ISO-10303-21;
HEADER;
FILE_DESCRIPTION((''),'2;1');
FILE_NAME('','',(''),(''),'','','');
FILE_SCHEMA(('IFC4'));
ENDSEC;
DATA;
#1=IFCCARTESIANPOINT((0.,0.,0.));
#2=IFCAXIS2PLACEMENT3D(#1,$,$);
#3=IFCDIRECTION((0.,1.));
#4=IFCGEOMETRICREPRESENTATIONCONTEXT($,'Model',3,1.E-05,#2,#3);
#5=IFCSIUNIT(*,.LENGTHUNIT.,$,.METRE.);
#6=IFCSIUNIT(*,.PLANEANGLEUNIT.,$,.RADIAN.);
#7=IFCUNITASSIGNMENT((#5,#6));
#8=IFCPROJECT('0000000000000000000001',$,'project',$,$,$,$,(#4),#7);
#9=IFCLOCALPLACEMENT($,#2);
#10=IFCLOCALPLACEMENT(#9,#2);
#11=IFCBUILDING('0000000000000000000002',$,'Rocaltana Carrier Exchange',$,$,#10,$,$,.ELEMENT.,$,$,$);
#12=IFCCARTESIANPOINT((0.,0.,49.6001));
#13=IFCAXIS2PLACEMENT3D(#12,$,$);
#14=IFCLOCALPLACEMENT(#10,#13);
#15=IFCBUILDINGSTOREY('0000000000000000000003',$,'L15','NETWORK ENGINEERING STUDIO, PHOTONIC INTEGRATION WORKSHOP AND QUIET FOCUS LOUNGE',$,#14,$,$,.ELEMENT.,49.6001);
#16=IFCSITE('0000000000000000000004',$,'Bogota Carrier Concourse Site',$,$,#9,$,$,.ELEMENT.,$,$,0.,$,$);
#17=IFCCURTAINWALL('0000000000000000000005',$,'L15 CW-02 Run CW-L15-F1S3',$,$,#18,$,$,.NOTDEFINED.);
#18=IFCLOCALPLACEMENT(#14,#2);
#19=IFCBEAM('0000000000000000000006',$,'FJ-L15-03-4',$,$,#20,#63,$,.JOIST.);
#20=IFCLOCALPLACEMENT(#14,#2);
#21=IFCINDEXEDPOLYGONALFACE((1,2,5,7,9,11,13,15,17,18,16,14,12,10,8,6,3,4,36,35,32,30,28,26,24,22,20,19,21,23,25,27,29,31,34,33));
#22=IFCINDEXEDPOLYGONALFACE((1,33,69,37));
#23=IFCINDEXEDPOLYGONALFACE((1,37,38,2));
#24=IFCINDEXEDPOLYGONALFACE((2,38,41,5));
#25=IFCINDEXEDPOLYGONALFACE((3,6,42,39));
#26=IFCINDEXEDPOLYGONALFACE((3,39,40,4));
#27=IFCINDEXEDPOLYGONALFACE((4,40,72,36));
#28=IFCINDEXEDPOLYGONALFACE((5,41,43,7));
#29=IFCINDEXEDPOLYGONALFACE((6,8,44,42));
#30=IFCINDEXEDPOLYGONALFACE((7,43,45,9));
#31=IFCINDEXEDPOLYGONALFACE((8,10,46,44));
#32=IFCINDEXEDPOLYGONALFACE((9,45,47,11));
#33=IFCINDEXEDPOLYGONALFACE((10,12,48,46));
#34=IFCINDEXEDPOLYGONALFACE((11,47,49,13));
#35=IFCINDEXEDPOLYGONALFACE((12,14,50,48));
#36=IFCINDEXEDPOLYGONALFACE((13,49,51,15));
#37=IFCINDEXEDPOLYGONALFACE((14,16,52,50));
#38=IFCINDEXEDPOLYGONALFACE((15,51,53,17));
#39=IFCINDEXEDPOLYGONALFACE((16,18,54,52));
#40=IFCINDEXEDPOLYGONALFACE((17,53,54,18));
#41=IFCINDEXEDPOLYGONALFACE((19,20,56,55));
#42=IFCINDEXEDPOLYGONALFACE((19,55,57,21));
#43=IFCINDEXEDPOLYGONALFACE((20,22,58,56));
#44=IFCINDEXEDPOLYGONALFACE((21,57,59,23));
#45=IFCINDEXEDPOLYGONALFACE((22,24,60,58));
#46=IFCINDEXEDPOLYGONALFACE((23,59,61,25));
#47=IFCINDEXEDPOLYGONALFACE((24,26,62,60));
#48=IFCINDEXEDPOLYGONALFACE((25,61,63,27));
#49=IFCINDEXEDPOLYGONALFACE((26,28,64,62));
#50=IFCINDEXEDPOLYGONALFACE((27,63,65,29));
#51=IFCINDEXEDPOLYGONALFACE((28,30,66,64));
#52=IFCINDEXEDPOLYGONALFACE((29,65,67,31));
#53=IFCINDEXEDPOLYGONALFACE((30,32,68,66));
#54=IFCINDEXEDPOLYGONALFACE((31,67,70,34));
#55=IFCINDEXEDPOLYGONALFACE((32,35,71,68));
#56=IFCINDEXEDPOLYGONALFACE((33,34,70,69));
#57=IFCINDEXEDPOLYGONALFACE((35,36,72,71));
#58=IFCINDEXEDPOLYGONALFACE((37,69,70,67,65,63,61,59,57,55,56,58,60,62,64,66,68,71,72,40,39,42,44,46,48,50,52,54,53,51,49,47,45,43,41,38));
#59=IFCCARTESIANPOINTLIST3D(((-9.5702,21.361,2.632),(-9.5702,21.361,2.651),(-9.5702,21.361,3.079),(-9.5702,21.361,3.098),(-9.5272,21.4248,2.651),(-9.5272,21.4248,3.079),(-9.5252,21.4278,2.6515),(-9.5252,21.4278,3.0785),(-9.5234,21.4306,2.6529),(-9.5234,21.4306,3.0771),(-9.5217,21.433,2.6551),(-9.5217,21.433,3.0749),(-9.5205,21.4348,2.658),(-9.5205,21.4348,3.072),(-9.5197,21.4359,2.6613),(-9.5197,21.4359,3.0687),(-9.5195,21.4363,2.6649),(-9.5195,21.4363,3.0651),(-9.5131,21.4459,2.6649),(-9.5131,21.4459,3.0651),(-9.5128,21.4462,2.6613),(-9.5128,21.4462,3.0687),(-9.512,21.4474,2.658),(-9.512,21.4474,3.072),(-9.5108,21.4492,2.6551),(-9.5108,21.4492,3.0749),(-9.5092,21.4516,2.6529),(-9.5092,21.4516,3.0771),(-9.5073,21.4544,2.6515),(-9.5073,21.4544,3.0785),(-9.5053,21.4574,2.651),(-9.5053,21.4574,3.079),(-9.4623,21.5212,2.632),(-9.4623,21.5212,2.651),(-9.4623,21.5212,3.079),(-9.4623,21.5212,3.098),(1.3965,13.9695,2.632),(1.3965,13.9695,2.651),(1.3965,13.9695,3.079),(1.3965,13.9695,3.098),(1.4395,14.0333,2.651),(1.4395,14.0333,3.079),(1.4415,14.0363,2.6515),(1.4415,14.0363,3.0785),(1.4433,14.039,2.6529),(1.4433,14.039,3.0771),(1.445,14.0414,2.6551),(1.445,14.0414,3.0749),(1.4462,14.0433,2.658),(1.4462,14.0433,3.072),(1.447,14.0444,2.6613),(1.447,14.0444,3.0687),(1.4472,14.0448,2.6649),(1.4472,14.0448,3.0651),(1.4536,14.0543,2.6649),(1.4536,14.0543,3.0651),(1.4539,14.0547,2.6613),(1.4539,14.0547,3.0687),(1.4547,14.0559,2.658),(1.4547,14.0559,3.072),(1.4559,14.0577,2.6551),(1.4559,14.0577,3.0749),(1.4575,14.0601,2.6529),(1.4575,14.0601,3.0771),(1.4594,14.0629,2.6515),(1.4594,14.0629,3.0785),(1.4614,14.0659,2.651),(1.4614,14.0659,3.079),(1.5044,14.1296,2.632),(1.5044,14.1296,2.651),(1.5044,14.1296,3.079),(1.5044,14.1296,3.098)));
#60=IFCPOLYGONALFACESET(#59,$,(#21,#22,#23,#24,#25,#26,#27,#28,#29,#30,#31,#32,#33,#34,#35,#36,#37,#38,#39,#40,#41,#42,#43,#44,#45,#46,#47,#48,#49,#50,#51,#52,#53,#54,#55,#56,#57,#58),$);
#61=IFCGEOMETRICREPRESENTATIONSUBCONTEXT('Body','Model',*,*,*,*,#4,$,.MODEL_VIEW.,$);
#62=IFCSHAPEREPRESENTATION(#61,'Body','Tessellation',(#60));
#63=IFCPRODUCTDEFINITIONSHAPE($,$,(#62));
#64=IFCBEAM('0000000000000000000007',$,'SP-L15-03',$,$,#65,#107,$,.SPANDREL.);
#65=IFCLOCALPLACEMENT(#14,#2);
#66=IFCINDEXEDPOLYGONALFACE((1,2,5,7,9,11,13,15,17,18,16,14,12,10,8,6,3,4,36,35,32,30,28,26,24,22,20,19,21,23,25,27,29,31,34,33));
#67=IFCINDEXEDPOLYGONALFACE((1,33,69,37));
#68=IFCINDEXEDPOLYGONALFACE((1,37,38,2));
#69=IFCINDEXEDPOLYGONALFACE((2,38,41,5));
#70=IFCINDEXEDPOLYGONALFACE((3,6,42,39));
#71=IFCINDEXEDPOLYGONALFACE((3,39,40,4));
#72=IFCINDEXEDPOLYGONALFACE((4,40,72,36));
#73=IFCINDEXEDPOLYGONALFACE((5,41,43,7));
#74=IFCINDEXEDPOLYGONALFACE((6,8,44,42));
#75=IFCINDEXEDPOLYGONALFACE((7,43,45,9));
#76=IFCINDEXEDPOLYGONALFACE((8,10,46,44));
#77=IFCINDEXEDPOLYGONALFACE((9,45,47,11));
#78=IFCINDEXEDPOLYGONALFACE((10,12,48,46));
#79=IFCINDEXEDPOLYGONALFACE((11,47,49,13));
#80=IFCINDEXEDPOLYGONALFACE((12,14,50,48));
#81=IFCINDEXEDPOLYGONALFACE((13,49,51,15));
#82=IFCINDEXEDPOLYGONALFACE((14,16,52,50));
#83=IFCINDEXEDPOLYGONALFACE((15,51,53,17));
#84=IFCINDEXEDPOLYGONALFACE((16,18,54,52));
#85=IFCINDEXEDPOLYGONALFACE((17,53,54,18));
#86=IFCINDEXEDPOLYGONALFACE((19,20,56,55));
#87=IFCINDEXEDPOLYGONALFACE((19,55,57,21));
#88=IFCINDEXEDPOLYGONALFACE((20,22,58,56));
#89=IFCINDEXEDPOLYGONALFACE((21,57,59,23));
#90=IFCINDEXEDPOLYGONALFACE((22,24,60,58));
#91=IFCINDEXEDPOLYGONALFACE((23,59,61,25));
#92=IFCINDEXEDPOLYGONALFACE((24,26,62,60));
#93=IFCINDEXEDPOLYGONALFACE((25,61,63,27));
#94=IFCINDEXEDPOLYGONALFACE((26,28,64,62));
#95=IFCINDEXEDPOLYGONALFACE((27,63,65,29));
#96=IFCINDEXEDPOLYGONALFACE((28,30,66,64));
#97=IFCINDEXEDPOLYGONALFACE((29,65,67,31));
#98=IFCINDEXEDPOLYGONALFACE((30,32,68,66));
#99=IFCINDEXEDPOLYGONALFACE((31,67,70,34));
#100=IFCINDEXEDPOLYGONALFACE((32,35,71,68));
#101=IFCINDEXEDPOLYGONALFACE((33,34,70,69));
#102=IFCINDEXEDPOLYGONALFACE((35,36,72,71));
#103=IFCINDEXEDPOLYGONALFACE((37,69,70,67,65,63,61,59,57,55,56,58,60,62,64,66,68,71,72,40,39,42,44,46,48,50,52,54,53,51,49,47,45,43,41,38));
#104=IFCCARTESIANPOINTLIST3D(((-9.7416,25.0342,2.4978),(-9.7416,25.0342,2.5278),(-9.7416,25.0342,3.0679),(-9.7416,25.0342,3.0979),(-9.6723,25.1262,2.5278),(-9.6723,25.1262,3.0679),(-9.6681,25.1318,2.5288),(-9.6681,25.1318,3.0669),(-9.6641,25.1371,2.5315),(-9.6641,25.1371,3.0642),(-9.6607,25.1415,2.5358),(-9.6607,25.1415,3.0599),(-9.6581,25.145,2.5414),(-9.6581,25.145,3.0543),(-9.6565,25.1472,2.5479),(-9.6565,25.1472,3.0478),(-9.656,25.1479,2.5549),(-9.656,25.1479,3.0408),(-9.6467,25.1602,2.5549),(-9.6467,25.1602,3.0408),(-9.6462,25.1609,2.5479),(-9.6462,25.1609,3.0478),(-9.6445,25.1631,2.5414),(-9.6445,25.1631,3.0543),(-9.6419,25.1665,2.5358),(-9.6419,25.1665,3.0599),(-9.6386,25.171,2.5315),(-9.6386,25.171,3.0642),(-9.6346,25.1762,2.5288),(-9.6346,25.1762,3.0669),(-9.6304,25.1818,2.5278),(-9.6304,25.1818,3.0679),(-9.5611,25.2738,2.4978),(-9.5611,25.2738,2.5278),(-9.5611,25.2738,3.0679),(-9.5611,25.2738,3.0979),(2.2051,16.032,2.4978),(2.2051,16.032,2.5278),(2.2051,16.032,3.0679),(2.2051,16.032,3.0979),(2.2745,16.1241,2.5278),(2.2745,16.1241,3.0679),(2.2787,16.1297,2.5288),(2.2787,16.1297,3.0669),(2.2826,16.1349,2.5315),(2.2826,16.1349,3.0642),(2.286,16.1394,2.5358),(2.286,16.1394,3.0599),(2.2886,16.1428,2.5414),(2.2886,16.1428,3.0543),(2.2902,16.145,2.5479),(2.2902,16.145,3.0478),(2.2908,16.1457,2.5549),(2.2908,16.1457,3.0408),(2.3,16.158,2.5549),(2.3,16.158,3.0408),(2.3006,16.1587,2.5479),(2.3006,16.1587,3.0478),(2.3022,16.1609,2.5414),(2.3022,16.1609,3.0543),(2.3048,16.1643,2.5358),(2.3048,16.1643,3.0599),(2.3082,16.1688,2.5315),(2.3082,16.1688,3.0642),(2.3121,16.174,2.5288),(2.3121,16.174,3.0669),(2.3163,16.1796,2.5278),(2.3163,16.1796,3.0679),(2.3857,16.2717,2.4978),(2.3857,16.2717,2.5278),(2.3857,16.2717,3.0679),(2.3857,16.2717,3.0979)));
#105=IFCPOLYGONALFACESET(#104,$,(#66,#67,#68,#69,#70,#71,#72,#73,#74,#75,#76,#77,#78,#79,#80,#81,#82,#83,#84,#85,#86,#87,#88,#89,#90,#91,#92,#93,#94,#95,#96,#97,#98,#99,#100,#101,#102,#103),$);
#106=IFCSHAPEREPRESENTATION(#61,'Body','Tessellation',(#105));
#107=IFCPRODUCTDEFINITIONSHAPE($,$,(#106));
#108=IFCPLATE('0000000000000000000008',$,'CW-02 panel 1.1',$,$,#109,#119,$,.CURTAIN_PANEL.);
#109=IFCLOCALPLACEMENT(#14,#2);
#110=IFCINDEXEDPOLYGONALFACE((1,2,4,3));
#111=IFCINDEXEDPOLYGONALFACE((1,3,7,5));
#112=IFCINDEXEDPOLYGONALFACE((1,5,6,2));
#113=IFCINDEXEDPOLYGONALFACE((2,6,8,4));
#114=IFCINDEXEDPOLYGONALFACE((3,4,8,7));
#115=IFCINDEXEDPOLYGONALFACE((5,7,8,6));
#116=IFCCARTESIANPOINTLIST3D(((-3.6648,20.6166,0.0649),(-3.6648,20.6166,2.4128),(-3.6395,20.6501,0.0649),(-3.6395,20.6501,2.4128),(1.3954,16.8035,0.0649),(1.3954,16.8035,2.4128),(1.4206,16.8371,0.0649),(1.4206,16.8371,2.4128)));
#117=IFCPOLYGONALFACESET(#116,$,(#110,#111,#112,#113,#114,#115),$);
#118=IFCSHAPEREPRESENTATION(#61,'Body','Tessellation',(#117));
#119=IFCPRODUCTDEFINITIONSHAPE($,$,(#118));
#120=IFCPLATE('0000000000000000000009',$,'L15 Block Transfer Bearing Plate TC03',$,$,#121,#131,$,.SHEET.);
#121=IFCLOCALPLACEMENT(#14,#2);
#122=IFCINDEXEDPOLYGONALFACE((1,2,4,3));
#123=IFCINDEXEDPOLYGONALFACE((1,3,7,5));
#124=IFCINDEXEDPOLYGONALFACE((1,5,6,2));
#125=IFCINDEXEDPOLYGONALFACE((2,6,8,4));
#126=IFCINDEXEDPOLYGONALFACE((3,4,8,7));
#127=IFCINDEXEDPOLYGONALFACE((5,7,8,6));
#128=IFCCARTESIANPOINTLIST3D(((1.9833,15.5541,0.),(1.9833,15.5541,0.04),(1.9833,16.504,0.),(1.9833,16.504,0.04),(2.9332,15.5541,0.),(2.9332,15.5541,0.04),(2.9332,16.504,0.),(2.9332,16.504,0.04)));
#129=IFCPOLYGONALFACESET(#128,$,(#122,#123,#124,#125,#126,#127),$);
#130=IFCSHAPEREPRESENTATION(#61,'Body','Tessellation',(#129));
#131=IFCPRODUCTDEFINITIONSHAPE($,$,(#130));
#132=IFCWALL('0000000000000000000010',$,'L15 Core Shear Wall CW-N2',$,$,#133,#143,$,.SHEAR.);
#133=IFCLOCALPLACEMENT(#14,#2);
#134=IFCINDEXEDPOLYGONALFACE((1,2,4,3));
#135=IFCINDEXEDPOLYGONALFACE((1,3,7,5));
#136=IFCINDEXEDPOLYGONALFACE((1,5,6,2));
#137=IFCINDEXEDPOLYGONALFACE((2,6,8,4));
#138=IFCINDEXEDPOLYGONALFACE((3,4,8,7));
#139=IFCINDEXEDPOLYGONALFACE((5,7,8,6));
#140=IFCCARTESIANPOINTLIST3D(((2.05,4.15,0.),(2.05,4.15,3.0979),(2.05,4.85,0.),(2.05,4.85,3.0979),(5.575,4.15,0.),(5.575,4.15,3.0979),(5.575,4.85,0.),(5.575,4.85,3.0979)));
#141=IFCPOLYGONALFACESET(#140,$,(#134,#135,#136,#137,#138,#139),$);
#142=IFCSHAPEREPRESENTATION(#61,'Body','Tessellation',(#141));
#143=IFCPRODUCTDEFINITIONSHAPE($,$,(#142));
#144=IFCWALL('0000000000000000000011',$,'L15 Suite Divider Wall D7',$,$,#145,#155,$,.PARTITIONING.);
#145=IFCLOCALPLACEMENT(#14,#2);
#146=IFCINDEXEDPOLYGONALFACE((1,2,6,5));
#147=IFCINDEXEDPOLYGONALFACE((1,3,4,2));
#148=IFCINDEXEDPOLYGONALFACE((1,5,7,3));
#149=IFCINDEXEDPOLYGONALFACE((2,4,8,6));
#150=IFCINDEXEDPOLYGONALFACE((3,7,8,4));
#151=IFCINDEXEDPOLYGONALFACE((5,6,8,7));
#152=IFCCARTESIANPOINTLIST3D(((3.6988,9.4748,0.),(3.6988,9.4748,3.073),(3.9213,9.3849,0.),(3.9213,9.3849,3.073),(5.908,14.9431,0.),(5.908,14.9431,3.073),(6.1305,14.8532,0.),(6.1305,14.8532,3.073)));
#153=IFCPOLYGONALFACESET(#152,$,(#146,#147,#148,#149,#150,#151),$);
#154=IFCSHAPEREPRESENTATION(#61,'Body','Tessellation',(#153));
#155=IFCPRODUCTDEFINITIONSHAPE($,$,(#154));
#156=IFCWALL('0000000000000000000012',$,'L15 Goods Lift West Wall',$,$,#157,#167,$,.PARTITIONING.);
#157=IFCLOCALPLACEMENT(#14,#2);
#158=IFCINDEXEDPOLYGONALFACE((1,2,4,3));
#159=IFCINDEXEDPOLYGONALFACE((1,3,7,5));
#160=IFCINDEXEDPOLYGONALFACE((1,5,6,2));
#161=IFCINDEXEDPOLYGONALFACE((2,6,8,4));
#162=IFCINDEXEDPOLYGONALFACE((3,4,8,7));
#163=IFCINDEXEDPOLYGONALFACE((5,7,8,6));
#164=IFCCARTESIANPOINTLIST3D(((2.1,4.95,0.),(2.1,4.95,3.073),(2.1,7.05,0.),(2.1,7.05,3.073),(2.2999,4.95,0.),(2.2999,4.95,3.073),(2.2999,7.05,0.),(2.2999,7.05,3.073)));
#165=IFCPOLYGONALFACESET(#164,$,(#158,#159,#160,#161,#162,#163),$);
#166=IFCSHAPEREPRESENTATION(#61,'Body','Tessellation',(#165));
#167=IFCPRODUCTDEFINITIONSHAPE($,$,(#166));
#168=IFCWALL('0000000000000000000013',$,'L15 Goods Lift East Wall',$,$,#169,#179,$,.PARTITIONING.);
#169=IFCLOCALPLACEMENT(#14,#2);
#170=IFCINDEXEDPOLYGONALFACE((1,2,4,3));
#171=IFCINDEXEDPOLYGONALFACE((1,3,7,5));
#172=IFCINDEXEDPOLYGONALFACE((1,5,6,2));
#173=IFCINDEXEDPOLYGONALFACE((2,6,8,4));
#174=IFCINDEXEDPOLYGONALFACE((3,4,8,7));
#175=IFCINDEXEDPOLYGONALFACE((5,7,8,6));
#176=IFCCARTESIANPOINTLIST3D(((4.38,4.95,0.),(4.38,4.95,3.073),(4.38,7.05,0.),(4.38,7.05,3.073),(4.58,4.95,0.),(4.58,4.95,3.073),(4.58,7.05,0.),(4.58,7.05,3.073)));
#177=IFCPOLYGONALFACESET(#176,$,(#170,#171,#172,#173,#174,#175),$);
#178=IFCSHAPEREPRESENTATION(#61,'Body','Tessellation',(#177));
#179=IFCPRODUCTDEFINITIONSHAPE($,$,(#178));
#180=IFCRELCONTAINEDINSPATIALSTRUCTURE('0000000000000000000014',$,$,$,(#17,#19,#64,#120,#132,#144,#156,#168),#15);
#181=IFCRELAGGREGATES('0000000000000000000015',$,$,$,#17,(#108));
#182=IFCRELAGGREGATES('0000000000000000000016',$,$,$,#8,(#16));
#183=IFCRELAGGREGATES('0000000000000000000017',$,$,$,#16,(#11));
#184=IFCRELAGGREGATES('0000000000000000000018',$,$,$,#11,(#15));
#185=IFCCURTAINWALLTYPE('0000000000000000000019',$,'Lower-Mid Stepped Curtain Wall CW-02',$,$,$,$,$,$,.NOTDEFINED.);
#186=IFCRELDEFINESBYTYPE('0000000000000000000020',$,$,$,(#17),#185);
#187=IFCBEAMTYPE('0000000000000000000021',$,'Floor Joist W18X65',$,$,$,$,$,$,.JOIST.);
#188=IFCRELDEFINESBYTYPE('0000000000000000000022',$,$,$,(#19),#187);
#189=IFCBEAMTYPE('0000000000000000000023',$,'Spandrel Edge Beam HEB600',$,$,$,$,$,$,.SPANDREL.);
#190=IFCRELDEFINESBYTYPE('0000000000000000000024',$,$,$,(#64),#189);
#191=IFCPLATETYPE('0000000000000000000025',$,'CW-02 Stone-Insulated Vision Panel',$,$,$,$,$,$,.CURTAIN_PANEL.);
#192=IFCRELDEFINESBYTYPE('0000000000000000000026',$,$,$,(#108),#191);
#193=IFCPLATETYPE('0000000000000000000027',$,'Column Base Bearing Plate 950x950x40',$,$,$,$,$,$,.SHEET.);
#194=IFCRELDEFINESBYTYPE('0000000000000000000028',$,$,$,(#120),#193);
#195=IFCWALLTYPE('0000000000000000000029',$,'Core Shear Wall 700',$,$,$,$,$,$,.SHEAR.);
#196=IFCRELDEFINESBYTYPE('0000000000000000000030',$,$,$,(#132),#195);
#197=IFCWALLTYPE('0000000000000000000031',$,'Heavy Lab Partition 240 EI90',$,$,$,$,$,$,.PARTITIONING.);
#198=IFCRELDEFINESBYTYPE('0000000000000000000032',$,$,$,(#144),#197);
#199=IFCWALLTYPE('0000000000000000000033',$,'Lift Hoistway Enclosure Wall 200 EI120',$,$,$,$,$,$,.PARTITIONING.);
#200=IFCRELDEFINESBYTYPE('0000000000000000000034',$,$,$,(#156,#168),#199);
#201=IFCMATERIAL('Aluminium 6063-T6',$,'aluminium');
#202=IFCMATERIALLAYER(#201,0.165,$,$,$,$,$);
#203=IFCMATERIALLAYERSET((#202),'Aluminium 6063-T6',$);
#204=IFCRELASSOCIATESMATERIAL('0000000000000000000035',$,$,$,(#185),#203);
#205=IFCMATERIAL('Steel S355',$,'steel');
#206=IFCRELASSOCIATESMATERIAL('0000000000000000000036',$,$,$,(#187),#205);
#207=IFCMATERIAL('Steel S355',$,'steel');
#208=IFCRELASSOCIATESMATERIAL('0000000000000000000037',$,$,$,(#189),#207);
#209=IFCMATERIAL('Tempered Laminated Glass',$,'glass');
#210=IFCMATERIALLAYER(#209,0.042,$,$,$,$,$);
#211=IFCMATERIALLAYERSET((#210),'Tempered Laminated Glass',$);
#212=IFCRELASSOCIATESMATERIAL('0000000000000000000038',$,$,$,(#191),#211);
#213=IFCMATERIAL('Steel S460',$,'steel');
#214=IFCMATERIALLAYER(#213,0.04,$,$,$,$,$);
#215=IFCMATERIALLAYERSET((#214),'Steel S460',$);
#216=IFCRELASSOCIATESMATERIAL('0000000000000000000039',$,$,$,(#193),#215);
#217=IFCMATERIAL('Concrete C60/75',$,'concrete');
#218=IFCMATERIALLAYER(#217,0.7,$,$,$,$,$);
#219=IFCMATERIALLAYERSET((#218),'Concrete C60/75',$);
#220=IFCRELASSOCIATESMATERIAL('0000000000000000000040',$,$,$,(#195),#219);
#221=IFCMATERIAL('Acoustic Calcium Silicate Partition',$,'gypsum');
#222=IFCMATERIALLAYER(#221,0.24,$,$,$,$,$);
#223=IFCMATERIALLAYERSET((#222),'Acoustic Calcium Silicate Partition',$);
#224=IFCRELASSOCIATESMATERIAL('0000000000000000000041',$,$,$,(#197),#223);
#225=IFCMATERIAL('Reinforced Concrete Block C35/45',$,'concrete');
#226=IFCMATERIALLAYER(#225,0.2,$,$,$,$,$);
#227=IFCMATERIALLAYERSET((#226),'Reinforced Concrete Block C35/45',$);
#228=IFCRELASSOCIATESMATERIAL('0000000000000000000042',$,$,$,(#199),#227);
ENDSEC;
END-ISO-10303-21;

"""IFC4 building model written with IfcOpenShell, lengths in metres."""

from ifc_helpers import new_model, si_unit, direction, frame, frame_2d, origin, origin_2d, place, context, subcontext, project, spatial, rectangle, i_section, extrude, material, layer, layer_set, material_profile, profile_set, type_object, element, aggregate, save


model = new_model("IFC4")

# Units and contexts
model_context = context("Model", 3, precision=1e-05, world=origin(), true_north=direction((0.0, 1.0)))
body_context = subcontext(model_context, "Body", "Model", "MODEL_VIEW")
ifc_project = project(units=[si_unit("LENGTHUNIT", "METRE"), si_unit("PLANEANGLEUNIT", "RADIAN")], contexts=[model_context])

# Site, building, storey
site_placement = place(None, origin())
site = spatial("IfcSite", under=ifc_project, at=site_placement, Name="Bogota Carrier Concourse Site", CompositionType="ELEMENT", RefElevation=0.0)
building_placement = place(site_placement, origin())
building = spatial("IfcBuilding", under=site, at=building_placement, Name="Rocaltana Carrier Exchange", CompositionType="ELEMENT")
storey_placement = place(building_placement, frame((0.0, 0.0, 49.6001)))
storey = spatial("IfcBuildingStorey", under=building, at=storey_placement, Name="L15", Description="NETWORK ENGINEERING STUDIO, PHOTONIC INTEGRATION WORKSHOP AND QUIET FOCUS LOUNGE", CompositionType="ELEMENT", Elevation=49.6001)

# Shared definitions
ifc_material_1 = material(Name="Aluminium 6063-T6", Category="aluminium")
ifc_layer_1 = layer(ifc_material_1, 0.165)
ifc_layer_set_1 = layer_set([ifc_layer_1], Name="Aluminium 6063-T6")
curtain_wall_type = type_object("IfcCurtainWallType", Name="Lower-Mid Stepped Curtain Wall CW-02", PredefinedType="NOTDEFINED", material=ifc_layer_set_1)

# Curtain wall
curtain_wall_1_placement = place(storey_placement, origin())
curtain_wall_1 = element("IfcCurtainWall", 1, at=curtain_wall_1_placement, inside=storey, type_object=curtain_wall_type, Name="L15 CW-02 Run CW-L15-F1S3", PredefinedType="NOTDEFINED")

# Beams
ifc_material_2 = material(Name="Steel S355", Category="steel")
ifc_material_profile_1 = material_profile(ifc_material_2, i_section(OverallWidth=0.1931, OverallDepth=0.4661, WebThickness=0.0115, FlangeThickness=0.019, FilletRadius=0.0139, at=origin_2d()), Name="W18X65")
ifc_profile_set_1 = profile_set([ifc_material_profile_1], Name="Steel S355")
beam_type_1 = type_object("IfcBeamType", Name="Floor Joist W18X65", PredefinedType="JOIST", material=ifc_profile_set_1)
beam_1_placement = place(storey_placement, frame((1.4504, 14.0496, 2.865), z_axis=(-0.829234, 0.558902, 0.0), x_axis=(-0.558902, -0.829234, 0.0)))
element("IfcBeam", 2, at=beam_1_placement, inside=storey, type_object=beam_type_1, Name="FJ-L15-03-4", PredefinedType="JOIST", context=body_context, shape_type="SweptSolid", body=[
    extrude(i_section(OverallWidth=0.1931, OverallDepth=0.4661, WebThickness=0.0115, FlangeThickness=0.019, FilletRadius=0.0139, at=origin_2d()), origin(), (0.0, 0.0, 1.0), 13.2251),
])
ifc_material_3 = material(Name="Steel S355", Category="steel")
ifc_material_profile_2 = material_profile(ifc_material_3, i_section(OverallWidth=0.3, OverallDepth=0.6001, WebThickness=0.0154, FlangeThickness=0.03, FilletRadius=0.0271, at=origin_2d()), Name="HEB600")
ifc_profile_set_2 = profile_set([ifc_material_profile_2], Name="Steel S355")
beam_type_2 = type_object("IfcBeamType", Name="Spandrel Edge Beam HEB600", PredefinedType="SPANDREL", material=ifc_profile_set_2)
beam_2_placement = place(storey_placement, frame((2.2954, 16.1519, 2.7979), z_axis=(-0.798647, 0.6018, 0.0), x_axis=(-0.6018, -0.798647, 0.0)))
element("IfcBeam", 3, at=beam_2_placement, inside=storey, type_object=beam_type_2, Name="SP-L15-03", PredefinedType="SPANDREL", context=body_context, shape_type="SweptSolid", body=[
    extrude(i_section(OverallWidth=0.3, OverallDepth=0.6001, WebThickness=0.0154, FlangeThickness=0.03, FilletRadius=0.0271, at=origin_2d()), origin(), (0.0, 0.0, 1.0), 14.9587),
])

# Plates
ifc_material_4 = material(Name="Tempered Laminated Glass", Category="glass")
ifc_layer_2 = layer(ifc_material_4, 0.042)
ifc_layer_set_2 = layer_set([ifc_layer_2], Name="Tempered Laminated Glass")
plate_type_1 = type_object("IfcPlateType", Name="CW-02 Stone-Insulated Vision Panel", PredefinedType="CURTAIN_PANEL", material=ifc_layer_set_2)
plate_1_placement = place(storey_placement, frame((-1.1221, 18.7268, 0.0649), z_axis=(0.0, 0.0, 1.0), x_axis=(-0.798638, 0.601812, 0.0)))
plate_1 = element("IfcPlate", 4, at=plate_1_placement, type_object=plate_type_1, Name="CW-02 panel 1.1", PredefinedType="CURTAIN_PANEL", context=body_context, shape_type="SweptSolid", body=[
    extrude(rectangle(XDim=6.3359, YDim=0.042, at=origin_2d()), origin(), (0.0, 0.0, 1.0), 2.3479),
])
aggregate(curtain_wall_1, [plate_1])
ifc_material_5 = material(Name="Steel S460", Category="steel")
ifc_layer_3 = layer(ifc_material_5, 0.04)
ifc_layer_set_3 = layer_set([ifc_layer_3], Name="Steel S460")
plate_type_2 = type_object("IfcPlateType", Name="Column Base Bearing Plate 950x950x40", PredefinedType="SHEET", material=ifc_layer_set_3)
plate_2_placement = place(storey_placement, frame((2.4583, 16.0291, 0.0), z_axis=(0.0, 0.0, 1.0), x_axis=(1.0, 0.0, 0.0)))
element("IfcPlate", 5, at=plate_2_placement, inside=storey, type_object=plate_type_2, Name="L15 Block Transfer Bearing Plate TC03", PredefinedType="SHEET", context=body_context, shape_type="SweptSolid", body=[
    extrude(rectangle(XDim=0.95, YDim=0.95, at=origin_2d()), origin(), (0.0, 0.0, 1.0), 0.04),
])

# Walls
ifc_material_6 = material(Name="Concrete C60/75", Category="concrete")
ifc_layer_4 = layer(ifc_material_6, 0.7)
ifc_layer_set_4 = layer_set([ifc_layer_4], Name="Concrete C60/75")
wall_type_1 = type_object("IfcWallType", Name="Core Shear Wall 700", PredefinedType="SHEAR", material=ifc_layer_set_4)
wall_1_placement = place(storey_placement, frame((2.05, 4.5, 0.0), z_axis=(0.0, 0.0, 1.0), x_axis=(1.0, 0.0, 0.0)))
element("IfcWall", 6, at=wall_1_placement, inside=storey, type_object=wall_type_1, Name="L15 Core Shear Wall CW-N2", PredefinedType="SHEAR", context=body_context, shape_type="SweptSolid", body=[
    extrude(rectangle(XDim=3.5249, YDim=0.7, at=frame_2d((1.7625, 0.0))), origin(), (0.0, 0.0, 1.0), 3.0979),
])
ifc_material_7 = material(Name="Acoustic Calcium Silicate Partition", Category="gypsum")
ifc_layer_5 = layer(ifc_material_7, 0.24)
ifc_layer_set_5 = layer_set([ifc_layer_5], Name="Acoustic Calcium Silicate Partition")
wall_type_2 = type_object("IfcWallType", Name="Heavy Lab Partition 240 EI90", PredefinedType="PARTITIONING", material=ifc_layer_set_5)
wall_2_placement = place(storey_placement, frame((3.8101, 9.4299, 0.0), z_axis=(0.0, 0.0, 1.0), x_axis=(0.374593, 0.927189, 0.0)))
element("IfcWall", 7, at=wall_2_placement, inside=storey, type_object=wall_type_2, Name="L15 Suite Divider Wall D7", PredefinedType="PARTITIONING", context=body_context, shape_type="SweptSolid", body=[
    extrude(rectangle(XDim=5.8977, YDim=0.24, at=frame_2d((2.9487, 0.0))), origin(), (0.0, 0.0, 1.0), 3.073),
])
ifc_material_8 = material(Name="Reinforced Concrete Block C35/45", Category="concrete")
ifc_layer_6 = layer(ifc_material_8, 0.2)
ifc_layer_set_6 = layer_set([ifc_layer_6], Name="Reinforced Concrete Block C35/45")
wall_type_3 = type_object("IfcWallType", Name="Lift Hoistway Enclosure Wall 200 EI120", PredefinedType="PARTITIONING", material=ifc_layer_set_6)
for number, where, z_axis, x_axis, name in (
    (8, (2.2, 4.95, 0.0), (0.0, 0.0, 1.0), (0.0, 1.0, 0.0), "L15 Goods Lift West Wall"),
    (9, (4.48, 4.95, 0.0), (0.0, 0.0, 1.0), (0.0, 1.0, 0.0), "L15 Goods Lift East Wall"),
):
    element("IfcWall", number, at=place(storey_placement, frame(where, z_axis=z_axis, x_axis=x_axis)), inside=storey, type_object=wall_type_3, Name=name, PredefinedType="PARTITIONING", context=body_context, shape_type="SweptSolid", body=[
        extrude(rectangle(XDim=2.1001, YDim=0.2, at=frame_2d((1.05, 0.0))), origin(), (0.0, 0.0, 1.0), 3.073),
    ])

save(model, "model.ifc")
